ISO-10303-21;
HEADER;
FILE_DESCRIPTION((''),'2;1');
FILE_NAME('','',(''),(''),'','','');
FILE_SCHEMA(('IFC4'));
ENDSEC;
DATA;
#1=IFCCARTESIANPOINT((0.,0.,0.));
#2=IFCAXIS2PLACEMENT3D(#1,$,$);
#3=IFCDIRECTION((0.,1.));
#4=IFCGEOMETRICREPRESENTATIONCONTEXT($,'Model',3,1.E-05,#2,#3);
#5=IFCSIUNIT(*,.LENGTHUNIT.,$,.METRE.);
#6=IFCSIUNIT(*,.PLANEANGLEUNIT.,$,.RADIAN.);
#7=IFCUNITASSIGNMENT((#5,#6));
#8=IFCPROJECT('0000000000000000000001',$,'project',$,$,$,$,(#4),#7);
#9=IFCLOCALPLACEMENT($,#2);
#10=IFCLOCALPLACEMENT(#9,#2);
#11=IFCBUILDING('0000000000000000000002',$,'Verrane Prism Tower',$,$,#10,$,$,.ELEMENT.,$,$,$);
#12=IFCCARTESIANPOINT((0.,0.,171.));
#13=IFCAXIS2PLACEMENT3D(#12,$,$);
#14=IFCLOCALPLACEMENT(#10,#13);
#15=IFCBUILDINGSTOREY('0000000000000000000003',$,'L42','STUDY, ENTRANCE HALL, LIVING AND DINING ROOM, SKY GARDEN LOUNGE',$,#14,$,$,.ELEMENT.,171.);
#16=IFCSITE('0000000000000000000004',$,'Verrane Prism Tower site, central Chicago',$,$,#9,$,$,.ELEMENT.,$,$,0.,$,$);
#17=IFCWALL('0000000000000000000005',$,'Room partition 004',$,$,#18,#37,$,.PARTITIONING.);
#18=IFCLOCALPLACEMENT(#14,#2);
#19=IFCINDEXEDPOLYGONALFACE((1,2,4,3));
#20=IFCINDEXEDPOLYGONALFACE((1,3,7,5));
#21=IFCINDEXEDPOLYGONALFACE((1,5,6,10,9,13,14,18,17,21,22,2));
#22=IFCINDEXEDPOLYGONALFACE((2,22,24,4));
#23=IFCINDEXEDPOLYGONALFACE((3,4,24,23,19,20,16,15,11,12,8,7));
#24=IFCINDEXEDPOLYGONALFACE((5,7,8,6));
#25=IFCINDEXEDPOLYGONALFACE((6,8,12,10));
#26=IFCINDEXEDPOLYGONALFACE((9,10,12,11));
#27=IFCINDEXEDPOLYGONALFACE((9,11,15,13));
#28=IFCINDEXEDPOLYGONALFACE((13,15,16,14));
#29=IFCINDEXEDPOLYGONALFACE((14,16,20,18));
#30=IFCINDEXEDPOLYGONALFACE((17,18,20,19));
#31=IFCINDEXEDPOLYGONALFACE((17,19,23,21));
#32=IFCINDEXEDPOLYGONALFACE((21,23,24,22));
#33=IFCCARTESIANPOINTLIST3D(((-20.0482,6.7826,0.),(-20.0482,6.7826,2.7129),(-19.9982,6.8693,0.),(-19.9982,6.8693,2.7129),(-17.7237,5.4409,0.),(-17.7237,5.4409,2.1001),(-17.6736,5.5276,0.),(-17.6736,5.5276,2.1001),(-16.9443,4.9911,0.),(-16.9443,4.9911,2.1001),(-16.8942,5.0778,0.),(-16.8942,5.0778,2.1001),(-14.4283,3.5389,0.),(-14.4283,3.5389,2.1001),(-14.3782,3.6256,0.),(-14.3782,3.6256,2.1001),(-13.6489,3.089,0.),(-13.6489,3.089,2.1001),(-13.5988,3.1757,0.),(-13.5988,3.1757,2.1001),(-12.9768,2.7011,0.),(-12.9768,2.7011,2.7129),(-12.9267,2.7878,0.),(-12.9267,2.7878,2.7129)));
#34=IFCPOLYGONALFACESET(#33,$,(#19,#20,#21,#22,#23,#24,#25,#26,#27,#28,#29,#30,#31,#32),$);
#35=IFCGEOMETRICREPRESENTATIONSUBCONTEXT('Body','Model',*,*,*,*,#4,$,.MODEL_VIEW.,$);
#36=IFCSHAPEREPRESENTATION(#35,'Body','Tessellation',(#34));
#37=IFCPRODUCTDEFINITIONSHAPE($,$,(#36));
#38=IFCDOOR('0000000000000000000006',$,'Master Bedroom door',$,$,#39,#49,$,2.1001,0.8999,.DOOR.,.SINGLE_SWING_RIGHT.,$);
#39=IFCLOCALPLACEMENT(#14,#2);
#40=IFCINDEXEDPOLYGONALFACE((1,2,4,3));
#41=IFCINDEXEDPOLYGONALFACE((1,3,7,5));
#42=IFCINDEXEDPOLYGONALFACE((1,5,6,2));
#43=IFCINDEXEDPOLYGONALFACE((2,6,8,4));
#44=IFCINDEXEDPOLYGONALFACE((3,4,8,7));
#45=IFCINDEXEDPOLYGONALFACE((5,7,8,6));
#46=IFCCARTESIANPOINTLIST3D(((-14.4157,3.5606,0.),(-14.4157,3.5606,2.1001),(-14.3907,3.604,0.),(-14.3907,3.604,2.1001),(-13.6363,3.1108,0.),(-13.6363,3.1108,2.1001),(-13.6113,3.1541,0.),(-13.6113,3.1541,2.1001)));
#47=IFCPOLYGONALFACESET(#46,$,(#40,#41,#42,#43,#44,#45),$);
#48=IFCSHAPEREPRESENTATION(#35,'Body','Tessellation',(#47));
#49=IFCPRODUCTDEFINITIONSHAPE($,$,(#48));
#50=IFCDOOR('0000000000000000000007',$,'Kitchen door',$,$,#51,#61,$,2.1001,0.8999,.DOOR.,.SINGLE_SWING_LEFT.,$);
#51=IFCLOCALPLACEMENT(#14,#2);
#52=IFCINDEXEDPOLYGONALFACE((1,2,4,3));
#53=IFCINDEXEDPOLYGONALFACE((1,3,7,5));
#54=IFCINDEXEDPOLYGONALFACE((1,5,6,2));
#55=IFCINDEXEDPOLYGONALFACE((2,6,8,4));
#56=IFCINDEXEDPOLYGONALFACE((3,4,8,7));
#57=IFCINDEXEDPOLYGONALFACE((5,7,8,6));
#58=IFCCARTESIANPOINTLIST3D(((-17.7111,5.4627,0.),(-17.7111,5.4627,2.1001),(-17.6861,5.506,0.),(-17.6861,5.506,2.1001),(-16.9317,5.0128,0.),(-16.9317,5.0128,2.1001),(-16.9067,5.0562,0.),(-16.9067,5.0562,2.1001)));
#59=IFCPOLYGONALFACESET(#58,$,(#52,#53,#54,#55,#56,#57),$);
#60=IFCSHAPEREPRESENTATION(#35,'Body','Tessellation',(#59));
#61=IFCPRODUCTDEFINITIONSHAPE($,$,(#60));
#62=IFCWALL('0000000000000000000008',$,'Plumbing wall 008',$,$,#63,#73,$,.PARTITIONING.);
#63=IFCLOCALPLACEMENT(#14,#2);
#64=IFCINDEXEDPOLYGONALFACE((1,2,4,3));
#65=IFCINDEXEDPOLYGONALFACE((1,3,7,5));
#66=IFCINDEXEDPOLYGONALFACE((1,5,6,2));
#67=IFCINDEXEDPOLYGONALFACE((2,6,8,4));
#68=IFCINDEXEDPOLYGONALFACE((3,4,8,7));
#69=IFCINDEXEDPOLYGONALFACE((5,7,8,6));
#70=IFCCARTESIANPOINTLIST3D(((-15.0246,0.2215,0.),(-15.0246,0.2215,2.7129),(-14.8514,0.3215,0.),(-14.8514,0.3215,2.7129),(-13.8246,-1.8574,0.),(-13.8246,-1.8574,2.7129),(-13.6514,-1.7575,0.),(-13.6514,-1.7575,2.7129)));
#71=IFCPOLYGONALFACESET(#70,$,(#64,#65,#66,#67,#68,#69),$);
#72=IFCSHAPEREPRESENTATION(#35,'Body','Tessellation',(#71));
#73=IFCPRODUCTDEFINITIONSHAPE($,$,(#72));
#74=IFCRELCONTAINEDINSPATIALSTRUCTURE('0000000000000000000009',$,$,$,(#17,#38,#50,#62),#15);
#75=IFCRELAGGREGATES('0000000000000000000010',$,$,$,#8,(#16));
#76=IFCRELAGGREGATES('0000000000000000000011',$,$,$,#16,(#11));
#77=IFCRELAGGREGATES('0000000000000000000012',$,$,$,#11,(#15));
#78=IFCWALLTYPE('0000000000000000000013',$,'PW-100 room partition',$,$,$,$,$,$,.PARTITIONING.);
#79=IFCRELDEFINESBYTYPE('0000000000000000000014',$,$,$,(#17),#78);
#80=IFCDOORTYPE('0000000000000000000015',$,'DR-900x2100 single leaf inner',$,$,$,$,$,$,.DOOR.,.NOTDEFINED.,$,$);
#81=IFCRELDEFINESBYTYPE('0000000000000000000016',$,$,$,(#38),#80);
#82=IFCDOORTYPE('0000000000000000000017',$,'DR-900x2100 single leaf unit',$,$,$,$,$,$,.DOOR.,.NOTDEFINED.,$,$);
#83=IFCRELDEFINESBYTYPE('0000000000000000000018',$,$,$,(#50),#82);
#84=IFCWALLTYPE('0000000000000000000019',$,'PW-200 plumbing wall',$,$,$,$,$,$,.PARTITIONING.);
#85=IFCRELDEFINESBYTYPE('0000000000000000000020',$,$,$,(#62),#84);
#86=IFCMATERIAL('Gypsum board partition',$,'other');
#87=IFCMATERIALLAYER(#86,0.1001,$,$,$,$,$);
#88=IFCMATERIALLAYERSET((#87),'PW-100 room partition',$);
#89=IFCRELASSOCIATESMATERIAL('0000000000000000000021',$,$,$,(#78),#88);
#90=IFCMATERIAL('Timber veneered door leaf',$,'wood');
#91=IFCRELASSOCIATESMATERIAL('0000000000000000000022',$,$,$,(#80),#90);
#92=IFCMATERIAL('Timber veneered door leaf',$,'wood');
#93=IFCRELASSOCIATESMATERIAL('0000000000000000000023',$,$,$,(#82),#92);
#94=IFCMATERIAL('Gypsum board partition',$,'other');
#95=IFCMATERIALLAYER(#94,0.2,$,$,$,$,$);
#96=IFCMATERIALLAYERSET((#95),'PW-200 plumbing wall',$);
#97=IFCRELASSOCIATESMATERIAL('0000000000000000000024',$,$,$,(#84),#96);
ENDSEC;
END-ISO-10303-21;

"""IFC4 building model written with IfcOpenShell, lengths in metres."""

from ifc_helpers import new_model, si_unit, direction, frame, frame_2d, origin, place, context, subcontext, project, spatial, rectangle, extrude, material, layer, layer_set, type_object, element, fill, save


model = new_model("IFC4")

# Units and contexts
model_context = context("Model", 3, precision=1e-05, world=origin(), true_north=direction((0.0, 1.0)))
body_context = subcontext(model_context, "Body", "Model", "MODEL_VIEW")
ifc_project = project(units=[si_unit("LENGTHUNIT", "METRE"), si_unit("PLANEANGLEUNIT", "RADIAN")], contexts=[model_context])

# Site, building, storey
site_placement = place(None, origin())
site = spatial("IfcSite", under=ifc_project, at=site_placement, Name="Verrane Prism Tower site, central Chicago", CompositionType="ELEMENT", RefElevation=0.0)
building_placement = place(site_placement, origin())
building = spatial("IfcBuilding", under=site, at=building_placement, Name="Verrane Prism Tower", CompositionType="ELEMENT")
storey_placement = place(building_placement, frame((0.0, 0.0, 171.0)))
storey = spatial("IfcBuildingStorey", under=building, at=storey_placement, Name="L42", Description="STUDY, ENTRANCE HALL, LIVING AND DINING ROOM, SKY GARDEN LOUNGE", CompositionType="ELEMENT", Elevation=171.0)

# Shared definitions
ifc_material_1 = material(Name="Gypsum board partition", Category="other")
ifc_layer_1 = layer(ifc_material_1, 0.1001)
ifc_layer_set_1 = layer_set([ifc_layer_1], Name="PW-100 room partition")
wall_type_1 = type_object("IfcWallType", Name="PW-100 room partition", PredefinedType="PARTITIONING", material=ifc_layer_set_1)

# Wall, openings, doors
wall_1_placement = place(storey_placement, frame((-12.9517, 2.7444, 0.0), z_axis=(0.0, 0.0, 1.0), x_axis=(-0.866089, 0.499889, 0.0)))
wall_1 = element("IfcWall", 1, at=wall_1_placement, inside=storey, type_object=wall_type_1, Name="Room partition 004", PredefinedType="PARTITIONING", context=body_context, shape_type="SweptSolid", body=[
    extrude(rectangle(XDim=8.1648, YDim=0.1001, at=frame_2d((4.0825, 0.0))), origin(), (0.0, 0.0, 1.0), 2.7129),
])
opening_1_placement = place(wall_1_placement, frame((4.5811, 0.0, 0.0)))
opening_1 = element("IfcOpeningElement", 2, at=opening_1_placement, cuts=wall_1, PredefinedType="OPENING", context=body_context, shape_type="SweptSolid", body=[
    extrude(rectangle(XDim=0.8999, YDim=2.1001, at=frame_2d((0.45, 1.05))), frame((0.0, 0.0601, 0.0), z_axis=(0.0, -1.0, 0.0), x_axis=(1.0, 0.0, 0.0)), (0.0, 0.0, 1.0), 0.1201),
])
opening_2_placement = place(wall_1_placement, frame((0.7761, 0.0, 0.0)))
opening_2 = element("IfcOpeningElement", 3, at=opening_2_placement, cuts=wall_1, PredefinedType="OPENING", context=body_context, shape_type="SweptSolid", body=[
    extrude(rectangle(XDim=0.8999, YDim=2.1001, at=frame_2d((0.45, 1.05))), frame((0.0, 0.0601, 0.0), z_axis=(0.0, -1.0, 0.0), x_axis=(1.0, 0.0, 0.0)), (0.0, 0.0, 1.0), 0.1201),
])
ifc_material_2 = material(Name="Timber veneered door leaf", Category="wood")
door_type_1 = type_object("IfcDoorType", Name="DR-900x2100 single leaf inner", OperationType="NOTDEFINED", PredefinedType="DOOR", material=ifc_material_2)
door_1_placement = place(opening_2_placement, origin())
door_1 = element("IfcDoor", 4, at=door_1_placement, inside=storey, type_object=door_type_1, Name="Master Bedroom door", OperationType="SINGLE_SWING_RIGHT", OverallHeight=2.1001, OverallWidth=0.8999, PredefinedType="DOOR", context=body_context, shape_type="SweptSolid", body=[
    extrude(rectangle(XDim=0.8999, YDim=2.1001, at=frame_2d((0.45, 1.05))), frame((0.0, 0.0249, 0.0), z_axis=(0.0, -1.0, 0.0), x_axis=(1.0, 0.0, 0.0)), (0.0, 0.0, 1.0), 0.05),
])
fill(opening_2, door_1)
ifc_material_3 = material(Name="Timber veneered door leaf", Category="wood")
door_type_2 = type_object("IfcDoorType", Name="DR-900x2100 single leaf unit", OperationType="NOTDEFINED", PredefinedType="DOOR", material=ifc_material_3)
door_2_placement = place(opening_1_placement, origin())
door_2 = element("IfcDoor", 5, at=door_2_placement, inside=storey, type_object=door_type_2, Name="Kitchen door", OperationType="SINGLE_SWING_LEFT", OverallHeight=2.1001, OverallWidth=0.8999, PredefinedType="DOOR", context=body_context, shape_type="SweptSolid", body=[
    extrude(rectangle(XDim=0.8999, YDim=2.1001, at=frame_2d((0.45, 1.05))), frame((0.0, 0.0249, 0.0), z_axis=(0.0, -1.0, 0.0), x_axis=(1.0, 0.0, 0.0)), (0.0, 0.0, 1.0), 0.05),
])
fill(opening_1, door_2)

# Wall
ifc_material_4 = material(Name="Gypsum board partition", Category="other")
ifc_layer_2 = layer(ifc_material_4, 0.2)
ifc_layer_set_2 = layer_set([ifc_layer_2], Name="PW-200 plumbing wall")
wall_type_2 = type_object("IfcWallType", Name="PW-200 plumbing wall", PredefinedType="PARTITIONING", material=ifc_layer_set_2)
wall_2_placement = place(storey_placement, frame((-14.938, 0.2715, 0.0), z_axis=(0.0, 0.0, 1.0), x_axis=(0.499913, -0.866075, 0.0)))
element("IfcWall", 6, at=wall_2_placement, inside=storey, type_object=wall_type_2, Name="Plumbing wall 008", PredefinedType="PARTITIONING", context=body_context, shape_type="SweptSolid", body=[
    extrude(rectangle(XDim=2.4004, YDim=0.2, at=frame_2d((1.2002, 0.0))), origin(), (0.0, 0.0, 1.0), 2.7129),
])

save(model, "model.ifc")
